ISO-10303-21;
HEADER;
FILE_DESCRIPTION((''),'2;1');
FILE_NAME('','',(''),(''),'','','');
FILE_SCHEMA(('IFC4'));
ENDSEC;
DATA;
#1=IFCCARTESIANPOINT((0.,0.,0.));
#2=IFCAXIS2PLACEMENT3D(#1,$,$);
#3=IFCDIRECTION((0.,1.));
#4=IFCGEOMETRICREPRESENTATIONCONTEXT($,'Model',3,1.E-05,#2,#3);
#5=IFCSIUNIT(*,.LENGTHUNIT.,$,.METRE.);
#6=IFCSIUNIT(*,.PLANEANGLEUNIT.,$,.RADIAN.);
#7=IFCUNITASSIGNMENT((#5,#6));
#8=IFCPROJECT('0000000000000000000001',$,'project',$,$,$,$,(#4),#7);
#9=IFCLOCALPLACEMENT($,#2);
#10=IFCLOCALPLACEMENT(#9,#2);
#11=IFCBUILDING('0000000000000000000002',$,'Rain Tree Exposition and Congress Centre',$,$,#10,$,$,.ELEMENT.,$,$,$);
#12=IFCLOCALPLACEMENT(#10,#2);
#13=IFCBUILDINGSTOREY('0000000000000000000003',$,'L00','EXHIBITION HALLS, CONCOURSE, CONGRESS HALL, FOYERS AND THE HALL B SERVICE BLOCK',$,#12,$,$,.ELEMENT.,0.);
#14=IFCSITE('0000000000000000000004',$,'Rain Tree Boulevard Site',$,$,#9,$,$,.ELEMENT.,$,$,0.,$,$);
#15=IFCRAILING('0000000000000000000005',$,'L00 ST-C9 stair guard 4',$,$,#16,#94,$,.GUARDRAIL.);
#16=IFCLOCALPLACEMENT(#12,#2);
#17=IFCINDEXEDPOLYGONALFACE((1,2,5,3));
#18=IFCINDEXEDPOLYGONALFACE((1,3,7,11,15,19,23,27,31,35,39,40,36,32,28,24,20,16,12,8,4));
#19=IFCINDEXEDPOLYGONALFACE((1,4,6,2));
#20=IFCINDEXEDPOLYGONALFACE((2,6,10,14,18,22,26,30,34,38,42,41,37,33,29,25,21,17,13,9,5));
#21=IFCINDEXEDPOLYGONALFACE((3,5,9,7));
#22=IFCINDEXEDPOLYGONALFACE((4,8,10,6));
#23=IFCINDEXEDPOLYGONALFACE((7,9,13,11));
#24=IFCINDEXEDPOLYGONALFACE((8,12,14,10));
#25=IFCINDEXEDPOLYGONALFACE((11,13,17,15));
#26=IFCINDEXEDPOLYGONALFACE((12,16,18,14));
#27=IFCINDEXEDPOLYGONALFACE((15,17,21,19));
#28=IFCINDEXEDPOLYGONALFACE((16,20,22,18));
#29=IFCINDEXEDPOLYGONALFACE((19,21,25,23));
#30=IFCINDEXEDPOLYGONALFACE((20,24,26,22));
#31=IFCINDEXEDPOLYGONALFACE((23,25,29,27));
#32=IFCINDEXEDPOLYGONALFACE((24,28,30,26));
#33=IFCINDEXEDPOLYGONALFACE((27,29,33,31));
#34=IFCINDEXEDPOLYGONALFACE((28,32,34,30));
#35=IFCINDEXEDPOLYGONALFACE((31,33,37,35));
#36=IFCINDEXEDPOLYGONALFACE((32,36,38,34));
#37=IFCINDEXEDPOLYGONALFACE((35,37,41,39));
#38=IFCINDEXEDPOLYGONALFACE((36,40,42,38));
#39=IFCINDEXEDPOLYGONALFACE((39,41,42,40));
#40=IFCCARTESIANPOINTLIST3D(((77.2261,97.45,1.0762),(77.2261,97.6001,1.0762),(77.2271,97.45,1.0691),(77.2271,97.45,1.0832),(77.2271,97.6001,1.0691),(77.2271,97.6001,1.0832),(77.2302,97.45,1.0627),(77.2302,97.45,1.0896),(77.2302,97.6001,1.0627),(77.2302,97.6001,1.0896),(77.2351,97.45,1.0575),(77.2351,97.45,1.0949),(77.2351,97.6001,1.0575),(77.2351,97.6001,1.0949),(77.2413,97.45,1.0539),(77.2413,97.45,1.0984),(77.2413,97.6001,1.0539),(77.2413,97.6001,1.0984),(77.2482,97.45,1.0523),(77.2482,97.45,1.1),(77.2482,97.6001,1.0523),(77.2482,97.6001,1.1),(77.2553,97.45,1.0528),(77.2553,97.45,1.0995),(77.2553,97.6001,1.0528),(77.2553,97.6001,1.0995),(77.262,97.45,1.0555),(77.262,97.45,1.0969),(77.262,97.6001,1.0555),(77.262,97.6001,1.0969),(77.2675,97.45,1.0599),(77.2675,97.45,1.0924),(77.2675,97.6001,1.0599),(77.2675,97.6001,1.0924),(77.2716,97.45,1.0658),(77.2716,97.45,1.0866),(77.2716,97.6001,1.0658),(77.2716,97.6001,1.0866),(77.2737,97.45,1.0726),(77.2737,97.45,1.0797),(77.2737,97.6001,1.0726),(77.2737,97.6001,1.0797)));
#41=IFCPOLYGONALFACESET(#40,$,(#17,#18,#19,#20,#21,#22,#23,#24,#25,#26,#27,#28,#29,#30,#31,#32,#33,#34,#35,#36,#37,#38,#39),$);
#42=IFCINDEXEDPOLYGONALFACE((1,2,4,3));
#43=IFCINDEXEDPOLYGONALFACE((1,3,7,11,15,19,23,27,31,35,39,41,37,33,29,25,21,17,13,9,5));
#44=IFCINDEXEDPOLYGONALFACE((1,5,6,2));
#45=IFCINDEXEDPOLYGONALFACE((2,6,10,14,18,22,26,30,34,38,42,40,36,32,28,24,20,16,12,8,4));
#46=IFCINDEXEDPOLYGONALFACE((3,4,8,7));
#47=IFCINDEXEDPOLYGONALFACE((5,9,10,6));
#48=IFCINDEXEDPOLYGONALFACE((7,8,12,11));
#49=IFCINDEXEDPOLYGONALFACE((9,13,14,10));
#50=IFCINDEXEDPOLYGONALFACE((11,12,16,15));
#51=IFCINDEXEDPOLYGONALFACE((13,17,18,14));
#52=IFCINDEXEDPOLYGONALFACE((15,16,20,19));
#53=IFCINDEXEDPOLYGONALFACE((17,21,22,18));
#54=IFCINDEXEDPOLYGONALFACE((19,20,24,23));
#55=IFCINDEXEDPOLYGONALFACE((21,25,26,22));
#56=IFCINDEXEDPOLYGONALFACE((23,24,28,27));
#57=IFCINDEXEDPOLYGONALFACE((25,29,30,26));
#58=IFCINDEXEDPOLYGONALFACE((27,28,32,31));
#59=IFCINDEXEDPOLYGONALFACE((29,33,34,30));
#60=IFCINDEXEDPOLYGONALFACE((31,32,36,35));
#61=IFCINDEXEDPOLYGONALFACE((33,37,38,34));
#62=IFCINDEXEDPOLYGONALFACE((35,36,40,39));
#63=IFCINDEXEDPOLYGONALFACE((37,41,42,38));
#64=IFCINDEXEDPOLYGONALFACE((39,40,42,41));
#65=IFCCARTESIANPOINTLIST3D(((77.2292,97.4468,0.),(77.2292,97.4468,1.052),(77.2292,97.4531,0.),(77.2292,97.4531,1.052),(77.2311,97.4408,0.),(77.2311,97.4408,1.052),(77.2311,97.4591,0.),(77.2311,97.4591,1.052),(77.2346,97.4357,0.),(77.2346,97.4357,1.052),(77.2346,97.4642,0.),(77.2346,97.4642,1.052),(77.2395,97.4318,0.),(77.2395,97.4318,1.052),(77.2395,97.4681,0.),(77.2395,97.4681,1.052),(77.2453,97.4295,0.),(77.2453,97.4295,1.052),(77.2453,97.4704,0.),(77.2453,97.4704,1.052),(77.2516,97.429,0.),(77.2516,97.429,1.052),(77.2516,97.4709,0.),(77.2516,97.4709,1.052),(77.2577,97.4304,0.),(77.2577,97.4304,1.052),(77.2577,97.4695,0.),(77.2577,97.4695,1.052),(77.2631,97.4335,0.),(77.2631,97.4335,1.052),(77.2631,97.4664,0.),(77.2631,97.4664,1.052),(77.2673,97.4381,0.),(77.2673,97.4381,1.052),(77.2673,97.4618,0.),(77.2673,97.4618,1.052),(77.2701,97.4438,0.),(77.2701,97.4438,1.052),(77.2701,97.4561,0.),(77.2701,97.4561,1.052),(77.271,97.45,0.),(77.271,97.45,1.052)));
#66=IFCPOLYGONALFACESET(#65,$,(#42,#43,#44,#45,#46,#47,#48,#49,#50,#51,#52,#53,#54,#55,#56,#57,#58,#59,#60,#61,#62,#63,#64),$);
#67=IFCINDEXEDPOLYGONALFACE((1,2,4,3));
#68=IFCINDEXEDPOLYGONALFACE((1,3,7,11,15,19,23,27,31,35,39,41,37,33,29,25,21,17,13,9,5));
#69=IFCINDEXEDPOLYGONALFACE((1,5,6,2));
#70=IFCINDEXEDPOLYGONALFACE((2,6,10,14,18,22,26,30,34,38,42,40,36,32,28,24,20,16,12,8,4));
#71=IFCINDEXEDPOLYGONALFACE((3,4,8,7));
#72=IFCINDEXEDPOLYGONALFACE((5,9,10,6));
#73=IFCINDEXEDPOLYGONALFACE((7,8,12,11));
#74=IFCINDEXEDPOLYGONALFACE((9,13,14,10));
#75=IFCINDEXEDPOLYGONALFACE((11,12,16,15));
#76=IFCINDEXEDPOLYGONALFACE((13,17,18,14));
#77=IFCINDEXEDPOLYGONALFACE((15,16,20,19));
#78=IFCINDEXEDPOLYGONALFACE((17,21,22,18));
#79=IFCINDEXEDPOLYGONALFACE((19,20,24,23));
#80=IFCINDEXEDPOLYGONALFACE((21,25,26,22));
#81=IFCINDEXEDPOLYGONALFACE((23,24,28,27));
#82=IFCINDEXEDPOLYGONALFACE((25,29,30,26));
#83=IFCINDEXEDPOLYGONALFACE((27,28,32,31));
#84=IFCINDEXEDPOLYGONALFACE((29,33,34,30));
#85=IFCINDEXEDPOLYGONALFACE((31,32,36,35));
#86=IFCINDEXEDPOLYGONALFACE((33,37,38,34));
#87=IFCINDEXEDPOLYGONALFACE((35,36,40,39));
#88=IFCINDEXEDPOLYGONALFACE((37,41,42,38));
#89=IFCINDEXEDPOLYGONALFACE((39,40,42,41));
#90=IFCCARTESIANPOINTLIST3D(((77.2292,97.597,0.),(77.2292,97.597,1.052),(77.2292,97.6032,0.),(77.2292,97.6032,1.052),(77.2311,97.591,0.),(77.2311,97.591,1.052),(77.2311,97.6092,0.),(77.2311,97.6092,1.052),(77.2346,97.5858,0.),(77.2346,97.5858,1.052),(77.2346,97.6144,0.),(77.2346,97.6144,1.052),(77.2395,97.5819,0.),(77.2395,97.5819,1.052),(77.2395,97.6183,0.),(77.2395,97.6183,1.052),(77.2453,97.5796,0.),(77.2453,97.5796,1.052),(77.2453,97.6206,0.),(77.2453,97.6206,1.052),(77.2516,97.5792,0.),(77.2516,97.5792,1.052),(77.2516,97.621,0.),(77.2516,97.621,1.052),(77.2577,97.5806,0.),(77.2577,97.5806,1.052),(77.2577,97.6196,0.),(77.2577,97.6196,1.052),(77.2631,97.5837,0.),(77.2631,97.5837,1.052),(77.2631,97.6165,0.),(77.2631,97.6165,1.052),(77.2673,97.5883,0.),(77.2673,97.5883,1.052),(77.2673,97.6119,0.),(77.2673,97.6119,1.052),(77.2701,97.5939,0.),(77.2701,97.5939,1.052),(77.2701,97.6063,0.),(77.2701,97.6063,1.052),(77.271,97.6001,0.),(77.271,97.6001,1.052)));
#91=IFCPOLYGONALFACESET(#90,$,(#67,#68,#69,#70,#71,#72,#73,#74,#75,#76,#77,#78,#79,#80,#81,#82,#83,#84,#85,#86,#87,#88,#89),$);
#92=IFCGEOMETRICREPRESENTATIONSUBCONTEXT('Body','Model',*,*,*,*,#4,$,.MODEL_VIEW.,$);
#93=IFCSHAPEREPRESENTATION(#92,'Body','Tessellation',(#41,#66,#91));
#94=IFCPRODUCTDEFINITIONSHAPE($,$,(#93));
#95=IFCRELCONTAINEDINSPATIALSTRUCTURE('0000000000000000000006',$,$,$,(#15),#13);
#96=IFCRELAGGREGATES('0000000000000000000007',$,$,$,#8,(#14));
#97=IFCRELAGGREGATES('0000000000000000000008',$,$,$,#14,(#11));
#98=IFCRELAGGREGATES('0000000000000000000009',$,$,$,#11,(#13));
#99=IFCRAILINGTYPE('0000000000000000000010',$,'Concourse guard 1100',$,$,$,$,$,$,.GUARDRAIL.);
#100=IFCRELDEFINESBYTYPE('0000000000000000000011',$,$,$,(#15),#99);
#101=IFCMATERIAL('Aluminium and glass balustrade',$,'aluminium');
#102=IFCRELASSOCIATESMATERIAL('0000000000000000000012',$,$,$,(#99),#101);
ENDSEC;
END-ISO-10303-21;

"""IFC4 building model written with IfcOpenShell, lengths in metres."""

from ifc_helpers import new_model, si_unit, direction, frame, origin, origin_2d, place, context, subcontext, project, spatial, circle, extrude, material, type_object, element, save


model = new_model("IFC4")

# Units and contexts
model_context = context("Model", 3, precision=1e-05, world=origin(), true_north=direction((0.0, 1.0)))
body_context = subcontext(model_context, "Body", "Model", "MODEL_VIEW")
ifc_project = project(units=[si_unit("LENGTHUNIT", "METRE"), si_unit("PLANEANGLEUNIT", "RADIAN")], contexts=[model_context])

# Site, building, storey
site_placement = place(None, origin())
site = spatial("IfcSite", under=ifc_project, at=site_placement, Name="Rain Tree Boulevard Site", CompositionType="ELEMENT", RefElevation=0.0)
building_placement = place(site_placement, origin())
building = spatial("IfcBuilding", under=site, at=building_placement, Name="Rain Tree Exposition and Congress Centre", CompositionType="ELEMENT")
storey_placement = place(building_placement, origin())
storey = spatial("IfcBuildingStorey", under=building, at=storey_placement, Name="L00", Description="EXHIBITION HALLS, CONCOURSE, CONGRESS HALL, FOYERS AND THE HALL B SERVICE BLOCK", CompositionType="ELEMENT", Elevation=0.0)

# Railing
ifc_material_1 = material(Name="Aluminium and glass balustrade", Category="aluminium")
railing_type_1 = type_object("IfcRailingType", Name="Concourse guard 1100", PredefinedType="GUARDRAIL", material=ifc_material_1)
railing_1_placement = place(storey_placement, frame((77.25, 97.45, 0.0)))
element("IfcRailing", 1, at=railing_1_placement, inside=storey, type_object=railing_type_1, Name="L00 ST-C9 stair guard 4", PredefinedType="GUARDRAIL", context=body_context, shape_type="SweptSolid", body=[
    extrude(circle(Radius=0.0239, at=origin_2d()), frame((0.0, 0.0, 1.0762), z_axis=(0.0, 1.0, 0.0), x_axis=(-1.0, 0.0, 0.0)), (0.0, 0.0, 1.0), 0.1501),
    extrude(circle(Radius=0.021, at=origin_2d()), origin(), (0.0, 0.0, 1.0), 1.052),
    extrude(circle(Radius=0.021, at=origin_2d()), frame((0.0, 0.1501, 0.0)), (0.0, 0.0, 1.0), 1.052),
])

save(model, "model.ifc")
